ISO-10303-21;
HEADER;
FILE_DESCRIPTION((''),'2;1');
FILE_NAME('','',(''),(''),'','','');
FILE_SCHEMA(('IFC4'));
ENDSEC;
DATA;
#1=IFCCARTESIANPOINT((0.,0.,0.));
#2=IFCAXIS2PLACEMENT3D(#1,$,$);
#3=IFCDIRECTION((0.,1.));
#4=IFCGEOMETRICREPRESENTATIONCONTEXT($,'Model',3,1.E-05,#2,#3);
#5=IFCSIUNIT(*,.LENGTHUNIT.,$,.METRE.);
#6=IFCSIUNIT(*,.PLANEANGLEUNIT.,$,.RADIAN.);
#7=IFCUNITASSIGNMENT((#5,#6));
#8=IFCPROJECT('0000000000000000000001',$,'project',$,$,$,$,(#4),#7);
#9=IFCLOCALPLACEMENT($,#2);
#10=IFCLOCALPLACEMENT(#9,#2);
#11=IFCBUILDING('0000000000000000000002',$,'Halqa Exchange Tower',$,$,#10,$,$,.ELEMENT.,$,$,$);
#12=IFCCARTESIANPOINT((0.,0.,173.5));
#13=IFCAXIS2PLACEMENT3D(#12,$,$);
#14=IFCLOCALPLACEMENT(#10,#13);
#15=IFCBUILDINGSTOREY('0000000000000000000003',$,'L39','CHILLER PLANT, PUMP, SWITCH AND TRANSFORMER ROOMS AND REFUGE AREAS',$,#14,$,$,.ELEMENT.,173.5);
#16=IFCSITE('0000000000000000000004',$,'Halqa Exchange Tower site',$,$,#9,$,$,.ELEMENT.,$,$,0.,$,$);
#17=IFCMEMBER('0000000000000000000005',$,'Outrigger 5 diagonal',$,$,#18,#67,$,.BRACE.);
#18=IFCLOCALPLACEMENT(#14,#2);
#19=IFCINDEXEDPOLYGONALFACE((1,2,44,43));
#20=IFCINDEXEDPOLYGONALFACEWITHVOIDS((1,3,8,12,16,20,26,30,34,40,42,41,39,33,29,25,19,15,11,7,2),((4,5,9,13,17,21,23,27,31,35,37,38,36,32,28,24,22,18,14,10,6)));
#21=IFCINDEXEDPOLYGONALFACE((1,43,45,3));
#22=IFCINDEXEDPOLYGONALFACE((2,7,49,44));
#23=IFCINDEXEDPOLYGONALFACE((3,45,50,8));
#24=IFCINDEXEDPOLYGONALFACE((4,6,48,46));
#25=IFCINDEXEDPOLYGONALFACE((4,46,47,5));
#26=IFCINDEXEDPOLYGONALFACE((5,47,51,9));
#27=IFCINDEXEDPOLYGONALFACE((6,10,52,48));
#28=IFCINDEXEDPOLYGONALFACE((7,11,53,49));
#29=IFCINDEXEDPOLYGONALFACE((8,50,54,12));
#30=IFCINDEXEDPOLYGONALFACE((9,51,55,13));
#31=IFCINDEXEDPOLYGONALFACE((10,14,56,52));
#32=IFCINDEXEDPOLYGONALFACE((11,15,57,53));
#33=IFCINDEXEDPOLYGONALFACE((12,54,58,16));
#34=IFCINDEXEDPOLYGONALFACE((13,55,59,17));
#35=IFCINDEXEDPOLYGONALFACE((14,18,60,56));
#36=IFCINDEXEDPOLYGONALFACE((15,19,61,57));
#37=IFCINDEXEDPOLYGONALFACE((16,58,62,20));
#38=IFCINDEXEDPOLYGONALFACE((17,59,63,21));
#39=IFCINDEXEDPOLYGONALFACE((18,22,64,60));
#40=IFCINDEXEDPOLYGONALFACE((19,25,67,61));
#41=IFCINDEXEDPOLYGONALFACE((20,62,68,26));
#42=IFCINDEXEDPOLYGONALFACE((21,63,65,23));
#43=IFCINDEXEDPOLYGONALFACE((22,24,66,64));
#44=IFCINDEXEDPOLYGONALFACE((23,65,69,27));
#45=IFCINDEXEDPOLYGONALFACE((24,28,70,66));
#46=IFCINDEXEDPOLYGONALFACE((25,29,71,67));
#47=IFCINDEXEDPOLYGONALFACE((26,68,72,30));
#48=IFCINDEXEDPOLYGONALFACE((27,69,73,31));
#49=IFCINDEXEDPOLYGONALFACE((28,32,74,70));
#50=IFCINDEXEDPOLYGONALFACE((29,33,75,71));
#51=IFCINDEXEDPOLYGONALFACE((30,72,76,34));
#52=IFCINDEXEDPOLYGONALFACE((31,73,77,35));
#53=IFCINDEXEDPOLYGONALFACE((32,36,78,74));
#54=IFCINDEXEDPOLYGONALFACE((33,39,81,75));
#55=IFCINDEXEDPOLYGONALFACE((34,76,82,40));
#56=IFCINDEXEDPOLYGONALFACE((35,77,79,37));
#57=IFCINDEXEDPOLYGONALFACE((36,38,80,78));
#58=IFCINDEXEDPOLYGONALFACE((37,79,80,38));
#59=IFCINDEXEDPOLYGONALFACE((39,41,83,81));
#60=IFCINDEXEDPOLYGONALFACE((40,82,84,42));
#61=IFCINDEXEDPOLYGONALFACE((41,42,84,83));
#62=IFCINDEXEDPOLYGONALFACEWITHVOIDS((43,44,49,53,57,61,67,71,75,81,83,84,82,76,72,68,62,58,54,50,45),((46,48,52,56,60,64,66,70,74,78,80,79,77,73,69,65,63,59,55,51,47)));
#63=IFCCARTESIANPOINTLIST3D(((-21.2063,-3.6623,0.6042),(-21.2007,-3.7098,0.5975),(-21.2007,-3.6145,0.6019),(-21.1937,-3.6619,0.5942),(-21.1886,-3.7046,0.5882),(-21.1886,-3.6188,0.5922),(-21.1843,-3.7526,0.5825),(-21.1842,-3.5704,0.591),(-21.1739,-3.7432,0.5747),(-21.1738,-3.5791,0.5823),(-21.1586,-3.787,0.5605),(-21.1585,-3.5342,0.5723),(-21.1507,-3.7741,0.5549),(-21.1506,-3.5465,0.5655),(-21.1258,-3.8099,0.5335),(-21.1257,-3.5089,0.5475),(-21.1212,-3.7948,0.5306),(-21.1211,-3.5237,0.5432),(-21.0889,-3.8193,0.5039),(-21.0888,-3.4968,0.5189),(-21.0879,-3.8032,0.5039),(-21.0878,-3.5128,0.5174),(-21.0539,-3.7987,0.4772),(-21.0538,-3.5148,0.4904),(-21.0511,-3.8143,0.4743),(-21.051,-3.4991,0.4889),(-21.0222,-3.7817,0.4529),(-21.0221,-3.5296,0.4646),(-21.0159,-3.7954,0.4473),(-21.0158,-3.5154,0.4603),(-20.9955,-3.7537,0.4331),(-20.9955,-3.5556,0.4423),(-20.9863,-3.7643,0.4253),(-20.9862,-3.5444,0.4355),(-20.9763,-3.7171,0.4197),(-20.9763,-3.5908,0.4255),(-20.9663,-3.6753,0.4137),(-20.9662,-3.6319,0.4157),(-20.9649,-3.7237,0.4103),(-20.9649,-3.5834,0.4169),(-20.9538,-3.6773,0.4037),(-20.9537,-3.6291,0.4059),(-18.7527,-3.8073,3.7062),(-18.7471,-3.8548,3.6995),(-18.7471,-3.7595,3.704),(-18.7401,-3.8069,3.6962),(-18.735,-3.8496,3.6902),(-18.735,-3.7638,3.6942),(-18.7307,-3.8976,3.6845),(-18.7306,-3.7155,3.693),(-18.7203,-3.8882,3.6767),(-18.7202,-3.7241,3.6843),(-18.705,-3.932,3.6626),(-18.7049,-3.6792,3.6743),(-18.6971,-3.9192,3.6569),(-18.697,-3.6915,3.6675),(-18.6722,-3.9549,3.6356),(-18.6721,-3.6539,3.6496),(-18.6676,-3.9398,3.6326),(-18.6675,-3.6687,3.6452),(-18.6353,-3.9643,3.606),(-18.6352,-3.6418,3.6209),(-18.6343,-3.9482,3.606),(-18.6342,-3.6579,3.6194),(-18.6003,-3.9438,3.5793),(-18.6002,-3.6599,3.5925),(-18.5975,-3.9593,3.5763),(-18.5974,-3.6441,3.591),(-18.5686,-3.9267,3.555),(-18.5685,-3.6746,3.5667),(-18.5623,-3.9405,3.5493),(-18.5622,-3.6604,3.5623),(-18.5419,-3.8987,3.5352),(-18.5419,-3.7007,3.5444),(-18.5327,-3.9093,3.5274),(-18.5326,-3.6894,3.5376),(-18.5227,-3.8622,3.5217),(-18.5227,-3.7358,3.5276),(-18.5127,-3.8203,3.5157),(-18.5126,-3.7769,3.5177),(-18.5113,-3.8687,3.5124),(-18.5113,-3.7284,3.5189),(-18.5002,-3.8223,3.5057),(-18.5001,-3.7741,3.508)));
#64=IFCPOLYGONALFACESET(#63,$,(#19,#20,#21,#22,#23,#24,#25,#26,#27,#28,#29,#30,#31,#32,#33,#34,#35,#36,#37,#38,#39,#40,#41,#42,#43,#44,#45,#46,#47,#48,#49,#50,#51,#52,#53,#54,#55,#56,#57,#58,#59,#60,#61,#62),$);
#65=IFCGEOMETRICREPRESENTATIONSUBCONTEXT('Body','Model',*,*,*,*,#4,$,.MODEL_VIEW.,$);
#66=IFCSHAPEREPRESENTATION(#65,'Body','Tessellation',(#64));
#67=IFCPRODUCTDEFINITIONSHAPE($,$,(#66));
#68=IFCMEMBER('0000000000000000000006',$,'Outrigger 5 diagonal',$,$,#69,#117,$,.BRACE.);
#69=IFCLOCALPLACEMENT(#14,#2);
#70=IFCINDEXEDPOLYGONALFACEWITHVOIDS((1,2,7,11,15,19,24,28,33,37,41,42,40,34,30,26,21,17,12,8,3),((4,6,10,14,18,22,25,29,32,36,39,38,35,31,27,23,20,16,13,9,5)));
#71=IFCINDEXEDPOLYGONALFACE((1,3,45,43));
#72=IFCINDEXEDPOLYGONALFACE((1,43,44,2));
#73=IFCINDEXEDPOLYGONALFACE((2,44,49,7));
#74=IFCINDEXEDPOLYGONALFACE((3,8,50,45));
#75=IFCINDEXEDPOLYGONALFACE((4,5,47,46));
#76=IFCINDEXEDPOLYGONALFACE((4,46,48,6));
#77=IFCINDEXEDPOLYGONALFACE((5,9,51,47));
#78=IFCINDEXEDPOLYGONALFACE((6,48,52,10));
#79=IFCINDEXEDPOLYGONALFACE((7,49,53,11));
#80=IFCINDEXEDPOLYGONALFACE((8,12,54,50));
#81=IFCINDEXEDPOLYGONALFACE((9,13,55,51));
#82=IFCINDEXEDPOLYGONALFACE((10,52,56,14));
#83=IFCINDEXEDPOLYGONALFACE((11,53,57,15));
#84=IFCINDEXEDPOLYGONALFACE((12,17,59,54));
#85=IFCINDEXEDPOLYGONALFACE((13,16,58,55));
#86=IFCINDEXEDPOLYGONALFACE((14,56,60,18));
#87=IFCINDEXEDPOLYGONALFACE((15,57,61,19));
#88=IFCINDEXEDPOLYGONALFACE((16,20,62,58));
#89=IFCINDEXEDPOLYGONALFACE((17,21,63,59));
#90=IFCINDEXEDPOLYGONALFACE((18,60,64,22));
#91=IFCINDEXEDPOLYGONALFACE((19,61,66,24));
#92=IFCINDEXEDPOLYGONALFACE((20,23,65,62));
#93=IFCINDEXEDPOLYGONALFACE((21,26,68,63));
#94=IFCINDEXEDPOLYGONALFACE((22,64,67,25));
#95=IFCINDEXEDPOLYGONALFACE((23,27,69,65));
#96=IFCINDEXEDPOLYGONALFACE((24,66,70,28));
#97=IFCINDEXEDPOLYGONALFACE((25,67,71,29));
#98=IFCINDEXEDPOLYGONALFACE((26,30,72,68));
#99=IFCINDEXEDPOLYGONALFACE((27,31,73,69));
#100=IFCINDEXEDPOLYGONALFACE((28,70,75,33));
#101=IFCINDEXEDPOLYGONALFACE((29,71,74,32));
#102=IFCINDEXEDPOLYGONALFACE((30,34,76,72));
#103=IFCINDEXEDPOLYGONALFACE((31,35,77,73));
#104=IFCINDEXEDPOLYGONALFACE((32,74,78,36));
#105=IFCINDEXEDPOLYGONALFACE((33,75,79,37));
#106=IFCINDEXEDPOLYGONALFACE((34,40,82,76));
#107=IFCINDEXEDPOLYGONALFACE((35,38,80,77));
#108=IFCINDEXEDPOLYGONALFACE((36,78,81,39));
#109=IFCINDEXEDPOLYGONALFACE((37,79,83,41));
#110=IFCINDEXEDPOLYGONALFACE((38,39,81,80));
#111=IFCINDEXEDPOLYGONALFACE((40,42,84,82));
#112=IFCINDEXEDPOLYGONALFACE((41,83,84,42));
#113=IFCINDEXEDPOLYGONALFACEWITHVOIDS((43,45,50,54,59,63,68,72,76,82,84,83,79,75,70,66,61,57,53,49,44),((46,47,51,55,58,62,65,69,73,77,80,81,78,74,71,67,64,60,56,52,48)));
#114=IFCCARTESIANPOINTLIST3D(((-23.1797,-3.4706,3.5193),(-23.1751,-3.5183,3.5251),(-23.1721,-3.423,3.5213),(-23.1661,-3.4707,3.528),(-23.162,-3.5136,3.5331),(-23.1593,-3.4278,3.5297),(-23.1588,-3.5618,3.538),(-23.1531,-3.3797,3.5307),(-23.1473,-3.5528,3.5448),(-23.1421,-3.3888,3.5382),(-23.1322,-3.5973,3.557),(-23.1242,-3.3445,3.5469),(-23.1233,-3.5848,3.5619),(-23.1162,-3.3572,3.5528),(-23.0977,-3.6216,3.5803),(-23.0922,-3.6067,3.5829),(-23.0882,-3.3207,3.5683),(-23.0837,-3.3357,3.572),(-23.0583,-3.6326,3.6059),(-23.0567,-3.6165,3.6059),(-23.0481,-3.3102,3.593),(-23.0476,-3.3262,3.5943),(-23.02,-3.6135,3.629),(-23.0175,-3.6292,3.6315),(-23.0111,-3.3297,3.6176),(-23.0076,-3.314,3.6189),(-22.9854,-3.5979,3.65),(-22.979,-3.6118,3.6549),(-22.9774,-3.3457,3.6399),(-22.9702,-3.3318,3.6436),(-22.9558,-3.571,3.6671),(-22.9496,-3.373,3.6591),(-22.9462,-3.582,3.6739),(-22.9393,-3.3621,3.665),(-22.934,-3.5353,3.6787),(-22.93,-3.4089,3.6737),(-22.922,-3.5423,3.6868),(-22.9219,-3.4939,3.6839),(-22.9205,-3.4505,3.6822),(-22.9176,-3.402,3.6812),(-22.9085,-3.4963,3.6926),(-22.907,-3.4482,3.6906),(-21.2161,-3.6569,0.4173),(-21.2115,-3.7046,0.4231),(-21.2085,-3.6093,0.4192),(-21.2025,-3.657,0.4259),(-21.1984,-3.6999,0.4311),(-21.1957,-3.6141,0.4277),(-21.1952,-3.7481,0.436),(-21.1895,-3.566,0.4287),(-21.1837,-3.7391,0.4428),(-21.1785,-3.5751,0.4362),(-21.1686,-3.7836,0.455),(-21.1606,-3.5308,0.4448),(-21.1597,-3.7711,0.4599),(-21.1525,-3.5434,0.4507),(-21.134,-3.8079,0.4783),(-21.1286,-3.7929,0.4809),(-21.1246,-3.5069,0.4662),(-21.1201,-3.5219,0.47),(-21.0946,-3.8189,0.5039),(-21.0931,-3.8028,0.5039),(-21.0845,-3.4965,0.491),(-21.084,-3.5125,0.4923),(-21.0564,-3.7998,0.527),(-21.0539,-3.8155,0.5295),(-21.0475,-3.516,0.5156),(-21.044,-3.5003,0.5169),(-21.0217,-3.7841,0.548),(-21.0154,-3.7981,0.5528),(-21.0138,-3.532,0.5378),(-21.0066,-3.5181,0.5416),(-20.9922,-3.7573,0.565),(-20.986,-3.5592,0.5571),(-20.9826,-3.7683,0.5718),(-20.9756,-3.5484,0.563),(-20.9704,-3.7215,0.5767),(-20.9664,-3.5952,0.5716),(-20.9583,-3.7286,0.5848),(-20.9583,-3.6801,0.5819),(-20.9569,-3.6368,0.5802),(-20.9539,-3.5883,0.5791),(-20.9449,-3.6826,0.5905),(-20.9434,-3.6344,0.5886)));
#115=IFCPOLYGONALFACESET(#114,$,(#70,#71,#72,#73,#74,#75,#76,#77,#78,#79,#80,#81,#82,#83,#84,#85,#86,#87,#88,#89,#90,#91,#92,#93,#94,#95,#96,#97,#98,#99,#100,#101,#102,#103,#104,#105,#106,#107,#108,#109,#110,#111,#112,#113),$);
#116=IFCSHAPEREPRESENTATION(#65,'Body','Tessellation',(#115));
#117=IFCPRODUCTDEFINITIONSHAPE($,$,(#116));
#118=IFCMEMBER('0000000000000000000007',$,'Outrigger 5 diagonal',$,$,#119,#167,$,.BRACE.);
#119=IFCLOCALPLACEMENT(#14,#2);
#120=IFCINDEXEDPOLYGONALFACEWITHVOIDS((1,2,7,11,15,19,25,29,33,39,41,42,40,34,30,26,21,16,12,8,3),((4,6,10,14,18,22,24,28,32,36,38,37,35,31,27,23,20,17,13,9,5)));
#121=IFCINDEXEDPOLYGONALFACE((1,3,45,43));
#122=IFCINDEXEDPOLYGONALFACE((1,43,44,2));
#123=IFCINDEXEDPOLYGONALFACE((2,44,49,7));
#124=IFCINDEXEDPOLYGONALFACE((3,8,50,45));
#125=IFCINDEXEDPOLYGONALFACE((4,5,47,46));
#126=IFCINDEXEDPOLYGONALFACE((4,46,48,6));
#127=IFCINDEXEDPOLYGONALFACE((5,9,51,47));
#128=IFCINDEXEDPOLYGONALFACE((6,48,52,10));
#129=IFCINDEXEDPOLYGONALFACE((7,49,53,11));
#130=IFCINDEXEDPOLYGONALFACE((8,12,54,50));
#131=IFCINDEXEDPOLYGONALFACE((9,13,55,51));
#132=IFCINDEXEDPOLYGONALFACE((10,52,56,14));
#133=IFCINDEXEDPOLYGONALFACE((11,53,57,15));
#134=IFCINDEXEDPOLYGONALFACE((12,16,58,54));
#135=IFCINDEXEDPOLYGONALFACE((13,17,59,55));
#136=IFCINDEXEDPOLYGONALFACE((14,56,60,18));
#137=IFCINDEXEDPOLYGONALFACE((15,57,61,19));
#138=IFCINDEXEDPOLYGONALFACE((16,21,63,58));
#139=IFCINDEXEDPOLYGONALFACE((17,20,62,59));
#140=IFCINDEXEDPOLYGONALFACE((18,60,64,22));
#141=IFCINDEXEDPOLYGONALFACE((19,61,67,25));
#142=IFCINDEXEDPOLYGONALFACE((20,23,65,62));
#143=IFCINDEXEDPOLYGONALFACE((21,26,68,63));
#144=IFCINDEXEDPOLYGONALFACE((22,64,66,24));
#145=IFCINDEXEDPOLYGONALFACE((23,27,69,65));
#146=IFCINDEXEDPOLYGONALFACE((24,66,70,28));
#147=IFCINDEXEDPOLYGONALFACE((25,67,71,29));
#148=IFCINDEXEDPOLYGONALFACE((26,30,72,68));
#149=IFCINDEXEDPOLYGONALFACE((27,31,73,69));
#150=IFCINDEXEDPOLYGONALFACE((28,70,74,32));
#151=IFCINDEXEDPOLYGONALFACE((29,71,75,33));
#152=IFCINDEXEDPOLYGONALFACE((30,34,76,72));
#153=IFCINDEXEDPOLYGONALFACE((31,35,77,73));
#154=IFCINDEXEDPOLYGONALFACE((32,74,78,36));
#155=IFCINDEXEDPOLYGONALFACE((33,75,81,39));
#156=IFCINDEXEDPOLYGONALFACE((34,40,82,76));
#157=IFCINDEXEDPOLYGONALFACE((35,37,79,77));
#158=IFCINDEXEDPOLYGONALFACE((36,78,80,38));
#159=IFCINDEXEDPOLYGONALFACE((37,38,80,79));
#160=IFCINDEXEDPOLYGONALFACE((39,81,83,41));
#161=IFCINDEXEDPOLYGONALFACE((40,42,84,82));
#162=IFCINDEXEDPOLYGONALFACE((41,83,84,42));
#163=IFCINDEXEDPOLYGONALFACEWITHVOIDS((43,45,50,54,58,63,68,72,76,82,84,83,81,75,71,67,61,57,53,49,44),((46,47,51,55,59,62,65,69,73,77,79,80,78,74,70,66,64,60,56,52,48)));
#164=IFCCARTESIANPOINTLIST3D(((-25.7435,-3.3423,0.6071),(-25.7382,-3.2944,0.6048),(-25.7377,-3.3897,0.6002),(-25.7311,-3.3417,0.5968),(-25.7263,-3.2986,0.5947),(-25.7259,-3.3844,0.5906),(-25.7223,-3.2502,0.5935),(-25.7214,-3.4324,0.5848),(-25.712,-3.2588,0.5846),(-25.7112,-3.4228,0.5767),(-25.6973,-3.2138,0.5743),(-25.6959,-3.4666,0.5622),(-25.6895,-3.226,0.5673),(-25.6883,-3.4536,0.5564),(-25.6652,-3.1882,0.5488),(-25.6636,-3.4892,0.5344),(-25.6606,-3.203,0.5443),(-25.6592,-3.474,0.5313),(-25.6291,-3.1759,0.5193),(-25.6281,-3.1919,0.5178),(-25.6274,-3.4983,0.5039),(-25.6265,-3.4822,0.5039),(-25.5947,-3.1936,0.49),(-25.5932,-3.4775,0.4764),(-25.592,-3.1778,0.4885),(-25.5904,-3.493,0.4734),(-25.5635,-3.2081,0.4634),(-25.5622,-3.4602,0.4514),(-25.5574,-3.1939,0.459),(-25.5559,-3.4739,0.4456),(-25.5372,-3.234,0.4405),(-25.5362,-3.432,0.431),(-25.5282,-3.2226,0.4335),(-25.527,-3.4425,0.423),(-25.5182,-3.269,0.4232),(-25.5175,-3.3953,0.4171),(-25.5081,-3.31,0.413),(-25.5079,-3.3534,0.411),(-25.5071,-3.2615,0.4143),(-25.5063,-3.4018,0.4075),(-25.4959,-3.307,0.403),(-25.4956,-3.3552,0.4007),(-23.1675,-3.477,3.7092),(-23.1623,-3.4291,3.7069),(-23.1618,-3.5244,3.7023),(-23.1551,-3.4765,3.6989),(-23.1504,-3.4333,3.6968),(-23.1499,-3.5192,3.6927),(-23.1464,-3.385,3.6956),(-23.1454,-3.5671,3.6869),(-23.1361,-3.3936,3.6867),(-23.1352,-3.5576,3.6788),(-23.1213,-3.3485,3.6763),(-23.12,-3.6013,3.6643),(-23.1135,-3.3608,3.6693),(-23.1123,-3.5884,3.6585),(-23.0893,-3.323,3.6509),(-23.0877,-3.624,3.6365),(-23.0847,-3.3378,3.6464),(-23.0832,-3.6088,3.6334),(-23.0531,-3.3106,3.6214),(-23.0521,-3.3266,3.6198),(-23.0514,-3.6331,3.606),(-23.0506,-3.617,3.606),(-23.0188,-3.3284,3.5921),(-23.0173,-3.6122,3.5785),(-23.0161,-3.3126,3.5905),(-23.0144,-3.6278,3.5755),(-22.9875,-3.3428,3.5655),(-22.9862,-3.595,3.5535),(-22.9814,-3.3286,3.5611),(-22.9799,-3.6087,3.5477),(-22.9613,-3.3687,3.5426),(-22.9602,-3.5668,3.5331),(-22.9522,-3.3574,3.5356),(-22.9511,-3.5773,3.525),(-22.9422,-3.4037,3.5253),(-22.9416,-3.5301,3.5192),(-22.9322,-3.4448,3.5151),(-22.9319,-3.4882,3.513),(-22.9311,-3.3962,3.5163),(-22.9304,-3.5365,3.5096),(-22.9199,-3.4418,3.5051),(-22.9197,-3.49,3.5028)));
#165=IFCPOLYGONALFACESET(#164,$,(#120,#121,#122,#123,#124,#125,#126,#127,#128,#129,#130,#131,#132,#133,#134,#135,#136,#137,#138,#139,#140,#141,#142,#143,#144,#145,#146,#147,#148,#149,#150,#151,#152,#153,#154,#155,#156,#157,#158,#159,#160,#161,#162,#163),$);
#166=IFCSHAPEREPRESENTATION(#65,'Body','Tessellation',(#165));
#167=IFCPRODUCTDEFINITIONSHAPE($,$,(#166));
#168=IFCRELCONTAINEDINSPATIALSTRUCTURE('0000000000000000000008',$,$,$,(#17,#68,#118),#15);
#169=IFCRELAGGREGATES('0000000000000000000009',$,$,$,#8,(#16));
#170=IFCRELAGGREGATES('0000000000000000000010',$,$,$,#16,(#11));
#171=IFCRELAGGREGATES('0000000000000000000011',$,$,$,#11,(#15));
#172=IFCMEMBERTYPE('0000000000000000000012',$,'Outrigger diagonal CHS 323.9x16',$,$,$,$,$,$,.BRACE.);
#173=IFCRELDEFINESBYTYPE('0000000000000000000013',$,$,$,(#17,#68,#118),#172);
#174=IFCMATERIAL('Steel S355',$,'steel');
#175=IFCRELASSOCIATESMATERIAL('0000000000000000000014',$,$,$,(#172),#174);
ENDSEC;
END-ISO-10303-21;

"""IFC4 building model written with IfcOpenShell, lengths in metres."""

from ifc_helpers import new_model, si_unit, direction, frame, origin, origin_2d, place, context, subcontext, project, spatial, hollow_circle, extrude, material, material_profile, profile_set, type_object, element, save


model = new_model("IFC4")

# Units and contexts
model_context = context("Model", 3, precision=1e-05, world=origin(), true_north=direction((0.0, 1.0)))
body_context = subcontext(model_context, "Body", "Model", "MODEL_VIEW")
ifc_project = project(units=[si_unit("LENGTHUNIT", "METRE"), si_unit("PLANEANGLEUNIT", "RADIAN")], contexts=[model_context])

# Site, building, storey
site_placement = place(None, origin())
site = spatial("IfcSite", under=ifc_project, at=site_placement, Name="Halqa Exchange Tower site", CompositionType="ELEMENT", RefElevation=0.0)
building_placement = place(site_placement, origin())
building = spatial("IfcBuilding", under=site, at=building_placement, Name="Halqa Exchange Tower", CompositionType="ELEMENT")
storey_placement = place(building_placement, frame((0.0, 0.0, 173.5)))
storey = spatial("IfcBuildingStorey", under=building, at=storey_placement, Name="L39", Description="CHILLER PLANT, PUMP, SWITCH AND TRANSFORMER ROOMS AND REFUGE AREAS", CompositionType="ELEMENT", Elevation=173.5)

# Members
ifc_material_1 = material(Name="Steel S355", Category="steel")
ifc_material_profile_1 = material_profile(ifc_material_1, hollow_circle(Radius=0.1619, WallThickness=0.0161, at=origin_2d()), Name="CHS 323.9x16")
ifc_profile_set_1 = profile_set([ifc_material_profile_1], Name="Steel S355")
member_type_1 = type_object("IfcMemberType", Name="Outrigger diagonal CHS 323.9x16", PredefinedType="BRACE", material=ifc_profile_set_1)
member_1_placement = place(storey_placement, frame((-18.6257, -3.8027, 3.606), z_axis=(-0.619948, 0.036642, -0.783787), x_axis=(-0.059002, -0.998258, 0.0)))
element("IfcMember", 1, at=member_1_placement, inside=storey, type_object=member_type_1, Name="Outrigger 5 diagonal", PredefinedType="BRACE", context=body_context, shape_type="SweptSolid", body=[
    extrude(hollow_circle(Radius=0.1619, WallThickness=0.0161, at=origin_2d()), origin(), (0.0, 0.0, 1.0), 3.9578),
])
member_2_placement = place(storey_placement, frame((-21.0793, -3.6577, 0.5039), z_axis=(-0.534169, 0.050674, 0.843858), x_axis=(-0.094441, -0.99553, 0.0)))
element("IfcMember", 2, at=member_2_placement, inside=storey, type_object=member_type_1, Name="Outrigger 5 diagonal", PredefinedType="BRACE", context=body_context, shape_type="SweptSolid", body=[
    extrude(hollow_circle(Radius=0.1619, WallThickness=0.0161, at=origin_2d()), origin(), (0.0, 0.0, 1.0), 3.676),
])
member_3_placement = place(storey_placement, frame((-23.043, -3.4714, 3.606), z_axis=(-0.638493, 0.033404, -0.768902), x_axis=(-0.052246, -0.998634, 0.0)))
element("IfcMember", 3, at=member_3_placement, inside=storey, type_object=member_type_1, Name="Outrigger 5 diagonal", PredefinedType="BRACE", context=body_context, shape_type="SweptSolid", body=[
    extrude(hollow_circle(Radius=0.1619, WallThickness=0.0161, at=origin_2d()), origin(), (0.0, 0.0, 1.0), 4.0344),
])

save(model, "model.ifc")
